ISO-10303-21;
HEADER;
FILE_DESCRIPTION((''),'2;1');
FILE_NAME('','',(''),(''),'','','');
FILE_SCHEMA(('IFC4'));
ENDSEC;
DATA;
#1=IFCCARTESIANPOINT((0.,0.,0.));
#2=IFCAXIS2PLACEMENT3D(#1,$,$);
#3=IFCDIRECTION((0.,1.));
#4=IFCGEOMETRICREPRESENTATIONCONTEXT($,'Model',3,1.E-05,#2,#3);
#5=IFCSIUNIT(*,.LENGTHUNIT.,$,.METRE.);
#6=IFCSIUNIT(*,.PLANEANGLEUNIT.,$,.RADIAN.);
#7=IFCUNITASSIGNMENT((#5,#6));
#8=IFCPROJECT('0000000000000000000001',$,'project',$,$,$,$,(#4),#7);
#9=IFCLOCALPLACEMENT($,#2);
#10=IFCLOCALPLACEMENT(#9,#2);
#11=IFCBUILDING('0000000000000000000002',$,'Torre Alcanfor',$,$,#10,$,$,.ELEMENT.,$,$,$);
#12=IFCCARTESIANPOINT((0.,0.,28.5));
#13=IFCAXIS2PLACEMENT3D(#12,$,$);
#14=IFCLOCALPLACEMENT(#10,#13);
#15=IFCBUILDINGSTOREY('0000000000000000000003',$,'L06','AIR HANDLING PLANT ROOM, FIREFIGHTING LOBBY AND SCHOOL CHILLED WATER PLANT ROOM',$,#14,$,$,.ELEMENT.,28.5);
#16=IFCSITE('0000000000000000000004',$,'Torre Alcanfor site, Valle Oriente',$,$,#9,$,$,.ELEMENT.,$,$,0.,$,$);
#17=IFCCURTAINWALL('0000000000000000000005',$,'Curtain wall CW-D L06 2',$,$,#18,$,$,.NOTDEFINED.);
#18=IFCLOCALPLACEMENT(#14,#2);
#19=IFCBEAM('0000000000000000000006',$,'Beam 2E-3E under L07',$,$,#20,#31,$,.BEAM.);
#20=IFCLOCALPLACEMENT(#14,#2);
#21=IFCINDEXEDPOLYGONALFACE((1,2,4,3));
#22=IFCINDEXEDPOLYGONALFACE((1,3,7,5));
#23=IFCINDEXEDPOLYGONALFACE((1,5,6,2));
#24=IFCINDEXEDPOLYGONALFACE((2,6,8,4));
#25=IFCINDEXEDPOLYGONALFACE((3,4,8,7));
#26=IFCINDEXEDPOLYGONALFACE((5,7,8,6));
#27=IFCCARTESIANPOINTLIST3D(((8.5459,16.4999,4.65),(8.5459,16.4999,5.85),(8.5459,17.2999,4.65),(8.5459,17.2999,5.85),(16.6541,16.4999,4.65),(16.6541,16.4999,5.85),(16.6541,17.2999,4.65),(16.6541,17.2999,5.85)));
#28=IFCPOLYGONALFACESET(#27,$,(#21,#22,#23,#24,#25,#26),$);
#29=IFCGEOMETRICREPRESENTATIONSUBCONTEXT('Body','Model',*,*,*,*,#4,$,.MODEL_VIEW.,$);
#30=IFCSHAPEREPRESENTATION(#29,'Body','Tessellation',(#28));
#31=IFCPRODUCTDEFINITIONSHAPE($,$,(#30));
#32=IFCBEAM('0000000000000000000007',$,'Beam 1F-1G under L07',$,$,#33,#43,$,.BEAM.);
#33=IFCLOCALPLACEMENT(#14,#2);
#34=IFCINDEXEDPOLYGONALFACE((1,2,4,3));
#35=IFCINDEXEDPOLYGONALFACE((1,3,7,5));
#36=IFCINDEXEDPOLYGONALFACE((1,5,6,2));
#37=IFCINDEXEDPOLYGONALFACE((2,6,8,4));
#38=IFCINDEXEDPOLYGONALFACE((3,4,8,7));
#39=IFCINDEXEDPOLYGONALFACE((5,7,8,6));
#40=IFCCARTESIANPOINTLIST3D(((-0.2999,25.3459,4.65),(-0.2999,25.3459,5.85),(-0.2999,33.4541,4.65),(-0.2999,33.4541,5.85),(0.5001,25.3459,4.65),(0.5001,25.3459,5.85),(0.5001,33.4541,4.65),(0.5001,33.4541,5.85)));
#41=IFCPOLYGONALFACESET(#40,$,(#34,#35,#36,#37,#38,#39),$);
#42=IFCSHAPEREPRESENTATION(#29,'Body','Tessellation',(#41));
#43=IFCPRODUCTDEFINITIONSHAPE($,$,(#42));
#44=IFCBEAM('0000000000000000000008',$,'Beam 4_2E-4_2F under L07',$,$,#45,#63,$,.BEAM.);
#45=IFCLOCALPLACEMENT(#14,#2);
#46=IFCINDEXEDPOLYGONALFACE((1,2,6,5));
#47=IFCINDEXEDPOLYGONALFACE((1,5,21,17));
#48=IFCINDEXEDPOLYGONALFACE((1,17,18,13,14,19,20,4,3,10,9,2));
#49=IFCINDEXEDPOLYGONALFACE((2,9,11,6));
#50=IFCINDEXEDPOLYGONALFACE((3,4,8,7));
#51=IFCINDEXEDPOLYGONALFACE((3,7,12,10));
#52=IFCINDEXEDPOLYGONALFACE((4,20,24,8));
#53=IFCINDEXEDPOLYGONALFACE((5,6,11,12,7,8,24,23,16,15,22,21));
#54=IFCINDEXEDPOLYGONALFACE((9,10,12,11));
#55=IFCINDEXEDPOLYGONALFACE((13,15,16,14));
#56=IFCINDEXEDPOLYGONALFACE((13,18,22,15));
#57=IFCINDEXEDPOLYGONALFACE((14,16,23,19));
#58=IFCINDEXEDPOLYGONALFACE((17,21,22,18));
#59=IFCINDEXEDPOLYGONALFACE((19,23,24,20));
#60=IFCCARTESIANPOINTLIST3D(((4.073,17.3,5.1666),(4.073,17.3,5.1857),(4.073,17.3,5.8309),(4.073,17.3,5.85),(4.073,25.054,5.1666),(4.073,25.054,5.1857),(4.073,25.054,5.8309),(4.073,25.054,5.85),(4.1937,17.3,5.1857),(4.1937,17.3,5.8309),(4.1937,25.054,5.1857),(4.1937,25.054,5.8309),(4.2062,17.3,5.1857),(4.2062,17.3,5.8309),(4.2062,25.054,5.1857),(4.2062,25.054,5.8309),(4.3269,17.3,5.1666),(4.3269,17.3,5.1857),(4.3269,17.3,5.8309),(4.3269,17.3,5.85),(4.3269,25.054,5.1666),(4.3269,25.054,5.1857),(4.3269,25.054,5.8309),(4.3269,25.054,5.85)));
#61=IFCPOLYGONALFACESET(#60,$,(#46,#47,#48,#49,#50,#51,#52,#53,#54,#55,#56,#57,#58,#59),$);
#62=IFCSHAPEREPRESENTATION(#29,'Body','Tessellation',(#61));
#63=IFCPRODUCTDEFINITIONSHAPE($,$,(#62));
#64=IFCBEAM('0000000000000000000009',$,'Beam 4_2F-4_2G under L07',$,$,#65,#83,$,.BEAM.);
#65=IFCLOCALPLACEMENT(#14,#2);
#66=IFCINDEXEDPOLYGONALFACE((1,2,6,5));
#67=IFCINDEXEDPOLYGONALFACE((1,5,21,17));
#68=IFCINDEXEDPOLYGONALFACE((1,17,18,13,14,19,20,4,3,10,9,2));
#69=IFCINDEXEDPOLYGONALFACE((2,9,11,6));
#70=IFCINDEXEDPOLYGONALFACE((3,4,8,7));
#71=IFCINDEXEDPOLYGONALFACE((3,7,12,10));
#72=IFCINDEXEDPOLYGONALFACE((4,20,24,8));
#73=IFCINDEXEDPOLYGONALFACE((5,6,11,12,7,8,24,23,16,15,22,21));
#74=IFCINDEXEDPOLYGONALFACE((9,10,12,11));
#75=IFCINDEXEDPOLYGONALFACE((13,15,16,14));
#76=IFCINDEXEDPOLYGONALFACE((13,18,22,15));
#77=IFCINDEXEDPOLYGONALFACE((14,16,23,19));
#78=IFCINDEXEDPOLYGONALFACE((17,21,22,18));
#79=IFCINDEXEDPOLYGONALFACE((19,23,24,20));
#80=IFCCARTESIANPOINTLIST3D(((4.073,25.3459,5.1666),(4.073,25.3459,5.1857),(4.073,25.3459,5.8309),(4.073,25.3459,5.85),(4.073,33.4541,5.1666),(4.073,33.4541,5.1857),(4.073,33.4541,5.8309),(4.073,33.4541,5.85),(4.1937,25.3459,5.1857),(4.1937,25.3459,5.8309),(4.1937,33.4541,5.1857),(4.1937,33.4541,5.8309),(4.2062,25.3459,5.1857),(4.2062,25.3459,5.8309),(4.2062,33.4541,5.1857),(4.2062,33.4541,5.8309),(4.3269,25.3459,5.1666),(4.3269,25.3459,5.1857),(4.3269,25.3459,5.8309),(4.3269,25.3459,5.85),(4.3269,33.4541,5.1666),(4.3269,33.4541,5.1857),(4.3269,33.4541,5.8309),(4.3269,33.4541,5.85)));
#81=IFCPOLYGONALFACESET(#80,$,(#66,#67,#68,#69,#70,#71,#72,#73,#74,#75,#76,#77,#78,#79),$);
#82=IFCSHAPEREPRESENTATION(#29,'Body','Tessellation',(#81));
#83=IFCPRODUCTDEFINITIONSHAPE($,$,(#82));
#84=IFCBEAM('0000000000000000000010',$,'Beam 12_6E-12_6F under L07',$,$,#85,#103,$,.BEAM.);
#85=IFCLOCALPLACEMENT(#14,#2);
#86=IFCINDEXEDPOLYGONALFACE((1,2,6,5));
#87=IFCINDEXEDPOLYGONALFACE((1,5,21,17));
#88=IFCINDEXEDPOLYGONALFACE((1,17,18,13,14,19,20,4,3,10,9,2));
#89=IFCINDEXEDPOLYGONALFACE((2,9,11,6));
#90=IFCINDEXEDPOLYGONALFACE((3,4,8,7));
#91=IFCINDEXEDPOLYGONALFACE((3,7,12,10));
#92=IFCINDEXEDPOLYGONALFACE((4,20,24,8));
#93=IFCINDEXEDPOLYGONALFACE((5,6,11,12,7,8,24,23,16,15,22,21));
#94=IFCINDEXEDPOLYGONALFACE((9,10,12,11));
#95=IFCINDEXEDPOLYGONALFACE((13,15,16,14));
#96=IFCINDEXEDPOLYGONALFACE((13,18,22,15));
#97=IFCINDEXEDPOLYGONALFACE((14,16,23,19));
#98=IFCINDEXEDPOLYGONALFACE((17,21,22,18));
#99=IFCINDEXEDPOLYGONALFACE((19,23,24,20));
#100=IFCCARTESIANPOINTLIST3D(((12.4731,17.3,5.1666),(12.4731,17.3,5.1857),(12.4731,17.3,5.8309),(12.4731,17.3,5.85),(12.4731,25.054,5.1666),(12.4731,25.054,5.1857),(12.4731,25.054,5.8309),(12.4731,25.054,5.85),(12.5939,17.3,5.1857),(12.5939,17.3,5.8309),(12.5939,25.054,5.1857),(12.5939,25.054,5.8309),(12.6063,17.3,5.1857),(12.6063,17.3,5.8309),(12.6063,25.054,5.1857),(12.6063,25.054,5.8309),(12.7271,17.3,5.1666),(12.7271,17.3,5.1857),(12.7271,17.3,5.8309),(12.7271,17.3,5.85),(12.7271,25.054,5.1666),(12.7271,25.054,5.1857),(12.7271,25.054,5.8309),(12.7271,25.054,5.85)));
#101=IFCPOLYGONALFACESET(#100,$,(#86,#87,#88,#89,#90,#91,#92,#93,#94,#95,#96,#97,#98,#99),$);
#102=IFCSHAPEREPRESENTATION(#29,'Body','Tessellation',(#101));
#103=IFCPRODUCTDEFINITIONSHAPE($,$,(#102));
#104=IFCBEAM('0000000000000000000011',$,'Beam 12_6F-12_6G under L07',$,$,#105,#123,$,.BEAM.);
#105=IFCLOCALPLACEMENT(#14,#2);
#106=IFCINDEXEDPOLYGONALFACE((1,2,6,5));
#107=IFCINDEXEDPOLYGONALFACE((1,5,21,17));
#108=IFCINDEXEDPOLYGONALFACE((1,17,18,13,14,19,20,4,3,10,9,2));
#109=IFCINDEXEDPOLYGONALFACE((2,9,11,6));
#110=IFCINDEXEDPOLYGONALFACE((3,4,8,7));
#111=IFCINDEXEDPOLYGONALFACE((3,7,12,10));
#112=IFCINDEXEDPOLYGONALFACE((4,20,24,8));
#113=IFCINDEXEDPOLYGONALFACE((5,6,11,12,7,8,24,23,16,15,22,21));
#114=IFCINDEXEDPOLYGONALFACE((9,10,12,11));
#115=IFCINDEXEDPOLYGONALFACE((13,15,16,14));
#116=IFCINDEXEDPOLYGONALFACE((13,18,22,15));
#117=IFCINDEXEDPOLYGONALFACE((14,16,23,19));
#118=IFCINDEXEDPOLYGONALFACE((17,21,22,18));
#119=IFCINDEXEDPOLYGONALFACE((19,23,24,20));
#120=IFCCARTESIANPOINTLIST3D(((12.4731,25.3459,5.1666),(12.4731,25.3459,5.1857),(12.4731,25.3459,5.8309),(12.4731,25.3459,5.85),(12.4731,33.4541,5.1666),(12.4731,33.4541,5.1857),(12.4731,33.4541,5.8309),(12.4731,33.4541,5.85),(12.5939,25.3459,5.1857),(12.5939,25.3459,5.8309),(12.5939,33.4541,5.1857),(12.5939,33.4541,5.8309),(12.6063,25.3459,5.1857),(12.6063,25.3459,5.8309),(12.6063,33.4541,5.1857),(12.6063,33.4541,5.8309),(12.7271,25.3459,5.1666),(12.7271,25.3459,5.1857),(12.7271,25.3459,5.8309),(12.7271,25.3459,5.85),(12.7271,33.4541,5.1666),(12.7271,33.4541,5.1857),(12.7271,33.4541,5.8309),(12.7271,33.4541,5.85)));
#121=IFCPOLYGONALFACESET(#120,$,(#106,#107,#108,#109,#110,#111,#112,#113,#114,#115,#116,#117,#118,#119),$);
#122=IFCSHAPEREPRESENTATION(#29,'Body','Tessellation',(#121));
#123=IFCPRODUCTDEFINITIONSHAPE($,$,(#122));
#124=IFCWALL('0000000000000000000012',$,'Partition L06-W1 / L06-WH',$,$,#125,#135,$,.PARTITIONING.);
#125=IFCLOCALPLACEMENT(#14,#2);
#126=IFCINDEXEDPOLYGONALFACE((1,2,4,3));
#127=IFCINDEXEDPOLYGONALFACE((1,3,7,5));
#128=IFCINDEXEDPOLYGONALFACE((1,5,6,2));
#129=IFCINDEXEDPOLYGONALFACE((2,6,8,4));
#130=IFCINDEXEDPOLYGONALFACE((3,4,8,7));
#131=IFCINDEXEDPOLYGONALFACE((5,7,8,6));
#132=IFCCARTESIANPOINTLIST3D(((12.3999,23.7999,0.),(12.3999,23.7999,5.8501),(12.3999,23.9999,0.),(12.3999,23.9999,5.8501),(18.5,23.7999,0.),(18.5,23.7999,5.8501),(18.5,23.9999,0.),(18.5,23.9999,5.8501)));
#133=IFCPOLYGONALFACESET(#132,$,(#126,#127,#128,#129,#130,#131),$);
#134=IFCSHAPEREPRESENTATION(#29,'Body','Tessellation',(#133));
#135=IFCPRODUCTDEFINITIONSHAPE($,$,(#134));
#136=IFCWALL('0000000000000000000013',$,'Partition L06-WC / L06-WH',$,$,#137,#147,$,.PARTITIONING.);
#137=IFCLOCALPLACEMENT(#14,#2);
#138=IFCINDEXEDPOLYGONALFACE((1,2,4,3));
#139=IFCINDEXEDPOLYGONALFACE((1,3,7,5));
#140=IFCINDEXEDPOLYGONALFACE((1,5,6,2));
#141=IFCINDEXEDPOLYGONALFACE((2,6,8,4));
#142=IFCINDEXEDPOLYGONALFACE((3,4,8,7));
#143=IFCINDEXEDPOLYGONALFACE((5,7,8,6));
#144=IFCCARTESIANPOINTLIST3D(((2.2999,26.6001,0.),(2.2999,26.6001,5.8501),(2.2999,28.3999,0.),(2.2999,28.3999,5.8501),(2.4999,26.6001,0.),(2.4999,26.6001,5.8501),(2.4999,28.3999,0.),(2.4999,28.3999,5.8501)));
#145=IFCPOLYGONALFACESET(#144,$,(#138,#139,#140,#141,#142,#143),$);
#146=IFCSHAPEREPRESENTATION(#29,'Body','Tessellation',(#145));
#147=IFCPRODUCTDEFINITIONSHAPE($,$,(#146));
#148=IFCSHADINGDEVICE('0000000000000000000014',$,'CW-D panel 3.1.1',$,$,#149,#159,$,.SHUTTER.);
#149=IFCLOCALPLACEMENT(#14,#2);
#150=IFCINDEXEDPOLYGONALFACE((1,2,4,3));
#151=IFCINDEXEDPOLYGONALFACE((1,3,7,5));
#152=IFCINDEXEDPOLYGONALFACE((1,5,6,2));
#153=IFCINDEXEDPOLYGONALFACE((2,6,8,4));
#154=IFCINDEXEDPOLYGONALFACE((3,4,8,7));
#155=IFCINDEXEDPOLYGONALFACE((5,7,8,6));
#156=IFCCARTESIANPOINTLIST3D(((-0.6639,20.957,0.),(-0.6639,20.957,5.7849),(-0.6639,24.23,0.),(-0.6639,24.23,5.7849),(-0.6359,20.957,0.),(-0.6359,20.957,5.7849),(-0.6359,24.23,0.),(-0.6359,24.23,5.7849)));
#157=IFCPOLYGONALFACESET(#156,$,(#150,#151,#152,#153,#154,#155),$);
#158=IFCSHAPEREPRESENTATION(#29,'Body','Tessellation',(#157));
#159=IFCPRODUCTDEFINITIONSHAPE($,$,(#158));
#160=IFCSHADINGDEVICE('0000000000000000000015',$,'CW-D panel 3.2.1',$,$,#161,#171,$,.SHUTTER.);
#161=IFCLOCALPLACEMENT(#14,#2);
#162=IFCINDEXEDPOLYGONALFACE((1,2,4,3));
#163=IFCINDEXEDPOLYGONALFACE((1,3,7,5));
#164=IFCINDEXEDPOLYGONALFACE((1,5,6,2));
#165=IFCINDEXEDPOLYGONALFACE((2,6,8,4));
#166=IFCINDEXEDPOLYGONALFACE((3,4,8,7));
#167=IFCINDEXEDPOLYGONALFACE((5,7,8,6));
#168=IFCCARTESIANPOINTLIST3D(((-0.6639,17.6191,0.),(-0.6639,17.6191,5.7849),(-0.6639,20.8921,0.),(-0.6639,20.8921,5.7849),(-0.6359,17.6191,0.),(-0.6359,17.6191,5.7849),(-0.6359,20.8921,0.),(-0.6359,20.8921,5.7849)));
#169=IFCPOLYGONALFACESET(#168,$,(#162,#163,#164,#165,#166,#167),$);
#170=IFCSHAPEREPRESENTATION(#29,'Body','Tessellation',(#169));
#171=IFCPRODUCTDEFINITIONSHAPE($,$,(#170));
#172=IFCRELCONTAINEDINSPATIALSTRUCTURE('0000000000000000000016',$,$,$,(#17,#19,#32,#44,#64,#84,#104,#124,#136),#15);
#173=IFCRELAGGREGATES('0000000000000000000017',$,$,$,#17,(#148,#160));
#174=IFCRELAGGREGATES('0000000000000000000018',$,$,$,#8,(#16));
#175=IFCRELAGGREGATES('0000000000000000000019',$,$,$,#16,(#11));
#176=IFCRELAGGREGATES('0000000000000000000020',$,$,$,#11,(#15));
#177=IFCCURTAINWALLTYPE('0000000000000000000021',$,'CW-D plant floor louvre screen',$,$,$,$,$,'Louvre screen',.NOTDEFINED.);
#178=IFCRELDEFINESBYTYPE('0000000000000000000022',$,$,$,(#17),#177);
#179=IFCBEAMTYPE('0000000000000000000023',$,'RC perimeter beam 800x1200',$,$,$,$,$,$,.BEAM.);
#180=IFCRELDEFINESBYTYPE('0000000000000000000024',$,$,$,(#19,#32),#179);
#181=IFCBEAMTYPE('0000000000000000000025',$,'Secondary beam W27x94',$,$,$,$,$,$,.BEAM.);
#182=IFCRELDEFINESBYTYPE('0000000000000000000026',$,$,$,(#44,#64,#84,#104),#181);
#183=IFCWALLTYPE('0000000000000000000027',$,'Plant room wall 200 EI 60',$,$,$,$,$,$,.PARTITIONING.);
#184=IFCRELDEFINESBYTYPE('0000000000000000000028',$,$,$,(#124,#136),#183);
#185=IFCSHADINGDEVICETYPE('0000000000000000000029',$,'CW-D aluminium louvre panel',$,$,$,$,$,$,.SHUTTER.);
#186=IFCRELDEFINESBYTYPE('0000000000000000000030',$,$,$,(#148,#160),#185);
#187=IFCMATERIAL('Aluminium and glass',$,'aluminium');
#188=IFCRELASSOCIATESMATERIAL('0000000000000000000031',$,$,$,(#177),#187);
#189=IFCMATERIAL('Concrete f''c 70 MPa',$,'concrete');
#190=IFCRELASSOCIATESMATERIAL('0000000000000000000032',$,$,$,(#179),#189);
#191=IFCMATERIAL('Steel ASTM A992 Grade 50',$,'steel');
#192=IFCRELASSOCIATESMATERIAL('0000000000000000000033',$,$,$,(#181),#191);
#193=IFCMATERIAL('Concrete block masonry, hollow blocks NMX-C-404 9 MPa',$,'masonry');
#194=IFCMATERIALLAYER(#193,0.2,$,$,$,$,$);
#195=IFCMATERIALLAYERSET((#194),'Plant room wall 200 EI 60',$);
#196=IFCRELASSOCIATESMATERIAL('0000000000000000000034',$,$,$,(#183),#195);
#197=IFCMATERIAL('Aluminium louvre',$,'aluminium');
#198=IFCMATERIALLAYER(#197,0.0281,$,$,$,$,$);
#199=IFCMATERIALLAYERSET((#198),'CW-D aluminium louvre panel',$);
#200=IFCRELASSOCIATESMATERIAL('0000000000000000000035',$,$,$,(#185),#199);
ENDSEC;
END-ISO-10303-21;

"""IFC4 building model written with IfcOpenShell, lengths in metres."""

from ifc_helpers import new_model, si_unit, direction, frame, frame_2d, origin, origin_2d, place, context, subcontext, project, spatial, rectangle, i_section, extrude, material, layer, layer_set, material_profile, profile_set, type_object, element, aggregate, save


model = new_model("IFC4")

# Units and contexts
model_context = context("Model", 3, precision=1e-05, world=origin(), true_north=direction((0.0, 1.0)))
body_context = subcontext(model_context, "Body", "Model", "MODEL_VIEW")
ifc_project = project(units=[si_unit("LENGTHUNIT", "METRE"), si_unit("PLANEANGLEUNIT", "RADIAN")], contexts=[model_context])

# Site, building, storey
site_placement = place(None, origin())
site = spatial("IfcSite", under=ifc_project, at=site_placement, Name="Torre Alcanfor site, Valle Oriente", CompositionType="ELEMENT", RefElevation=0.0)
building_placement = place(site_placement, origin())
building = spatial("IfcBuilding", under=site, at=building_placement, Name="Torre Alcanfor", CompositionType="ELEMENT")
storey_placement = place(building_placement, frame((0.0, 0.0, 28.5)))
storey = spatial("IfcBuildingStorey", under=building, at=storey_placement, Name="L06", Description="AIR HANDLING PLANT ROOM, FIREFIGHTING LOBBY AND SCHOOL CHILLED WATER PLANT ROOM", CompositionType="ELEMENT", Elevation=28.5)

# Curtain wall
ifc_material_1 = material(Name="Aluminium and glass", Category="aluminium")
curtain_wall_type = type_object("IfcCurtainWallType", Name="CW-D plant floor louvre screen", ElementType="Louvre screen", PredefinedType="NOTDEFINED", material=ifc_material_1)
curtain_wall_placement = place(storey_placement, origin())
curtain_wall = element("IfcCurtainWall", 1, at=curtain_wall_placement, inside=storey, type_object=curtain_wall_type, Name="Curtain wall CW-D L06 2", PredefinedType="NOTDEFINED")

# Beams
ifc_material_2 = material(Name="Concrete f'c 70 MPa", Category="concrete")
ifc_material_profile_1 = material_profile(ifc_material_2, rectangle(XDim=0.8, YDim=1.2, at=origin_2d()), Name="800x1200")
ifc_profile_set_1 = profile_set([ifc_material_profile_1], Name="Concrete f'c 70 MPa")
beam_type_1 = type_object("IfcBeamType", Name="RC perimeter beam 800x1200", PredefinedType="BEAM", material=ifc_profile_set_1)
for number, where, z_axis, x_axis, name in (
    (2, (8.5459, 16.8999, 5.25), (1.0, 0.0, 0.0), (0.0, 1.0, 0.0), "Beam 2E-3E under L07"),
    (3, (0.1001, 25.3459, 5.25), (0.0, 1.0, 0.0), (-1.0, 0.0, 0.0), "Beam 1F-1G under L07"),
):
    element("IfcBeam", number, at=place(storey_placement, frame(where, z_axis=z_axis, x_axis=x_axis)), inside=storey, type_object=beam_type_1, Name=name, PredefinedType="BEAM", context=body_context, shape_type="SweptSolid", body=[
        extrude(rectangle(XDim=0.8, YDim=1.2, at=origin_2d()), origin(), (0.0, 0.0, 1.0), 8.1082),
    ])
ifc_material_3 = material(Name="Steel ASTM A992 Grade 50", Category="steel")
ifc_material_profile_2 = material_profile(ifc_material_3, i_section(OverallWidth=0.2539, OverallDepth=0.6833, WebThickness=0.0125, FlangeThickness=0.019, at=origin_2d()), Name="W27x94")
ifc_profile_set_2 = profile_set([ifc_material_profile_2], Name="Steel ASTM A992 Grade 50")
beam_type_2 = type_object("IfcBeamType", Name="Secondary beam W27x94", PredefinedType="BEAM", material=ifc_profile_set_2)
beam_1_placement = place(storey_placement, frame((4.2, 17.3, 5.5083), z_axis=(0.0, 1.0, 0.0), x_axis=(-1.0, 0.0, 0.0)))
element("IfcBeam", 4, at=beam_1_placement, inside=storey, type_object=beam_type_2, Name="Beam 4_2E-4_2F under L07", PredefinedType="BEAM", context=body_context, shape_type="SweptSolid", body=[
    extrude(i_section(OverallWidth=0.2539, OverallDepth=0.6833, WebThickness=0.0125, FlangeThickness=0.019, at=origin_2d()), origin(), (0.0, 0.0, 1.0), 7.7539),
])
beam_2_placement = place(storey_placement, frame((4.2, 25.3459, 5.5083), z_axis=(0.0, 1.0, 0.0), x_axis=(-1.0, 0.0, 0.0)))
element("IfcBeam", 5, at=beam_2_placement, inside=storey, type_object=beam_type_2, Name="Beam 4_2F-4_2G under L07", PredefinedType="BEAM", context=body_context, shape_type="SweptSolid", body=[
    extrude(i_section(OverallWidth=0.2539, OverallDepth=0.6833, WebThickness=0.0125, FlangeThickness=0.019, at=origin_2d()), origin(), (0.0, 0.0, 1.0), 8.1082),
])
beam_3_placement = place(storey_placement, frame((12.6001, 17.3, 5.5083), z_axis=(0.0, 1.0, 0.0), x_axis=(-1.0, 0.0, 0.0)))
element("IfcBeam", 6, at=beam_3_placement, inside=storey, type_object=beam_type_2, Name="Beam 12_6E-12_6F under L07", PredefinedType="BEAM", context=body_context, shape_type="SweptSolid", body=[
    extrude(i_section(OverallWidth=0.2539, OverallDepth=0.6833, WebThickness=0.0125, FlangeThickness=0.019, at=origin_2d()), origin(), (0.0, 0.0, 1.0), 7.7539),
])
beam_4_placement = place(storey_placement, frame((12.6001, 25.3459, 5.5083), z_axis=(0.0, 1.0, 0.0), x_axis=(-1.0, 0.0, 0.0)))
element("IfcBeam", 7, at=beam_4_placement, inside=storey, type_object=beam_type_2, Name="Beam 12_6F-12_6G under L07", PredefinedType="BEAM", context=body_context, shape_type="SweptSolid", body=[
    extrude(i_section(OverallWidth=0.2539, OverallDepth=0.6833, WebThickness=0.0125, FlangeThickness=0.019, at=origin_2d()), origin(), (0.0, 0.0, 1.0), 8.1082),
])

# Walls
ifc_material_4 = material(Name="Concrete block masonry, hollow blocks NMX-C-404 9 MPa", Category="masonry")
ifc_layer_1 = layer(ifc_material_4, 0.2)
ifc_layer_set_1 = layer_set([ifc_layer_1], Name="Plant room wall 200 EI 60")
wall_type_1 = type_object("IfcWallType", Name="Plant room wall 200 EI 60", PredefinedType="PARTITIONING", material=ifc_layer_set_1)
wall_1_placement = place(storey_placement, frame((12.3999, 23.8999, 0.0), z_axis=(0.0, 0.0, 1.0), x_axis=(1.0, 0.0, 0.0)))
element("IfcWall", 8, at=wall_1_placement, inside=storey, type_object=wall_type_1, Name="Partition L06-W1 / L06-WH", PredefinedType="PARTITIONING", context=body_context, shape_type="SweptSolid", body=[
    extrude(rectangle(XDim=6.1001, YDim=0.2, at=frame_2d((3.05, 0.0))), origin(), (0.0, 0.0, 1.0), 5.8501),
])
wall_2_placement = place(storey_placement, frame((2.3999, 26.6001, 0.0), z_axis=(0.0, 0.0, 1.0), x_axis=(0.0, 1.0, 0.0)))
element("IfcWall", 9, at=wall_2_placement, inside=storey, type_object=wall_type_1, Name="Partition L06-WC / L06-WH", PredefinedType="PARTITIONING", context=body_context, shape_type="SweptSolid", body=[
    extrude(rectangle(XDim=1.7998, YDim=0.2, at=frame_2d((0.8999, 0.0))), origin(), (0.0, 0.0, 1.0), 5.8501),
])

# Shading devices
ifc_material_5 = material(Name="Aluminium louvre", Category="aluminium")
ifc_layer_2 = layer(ifc_material_5, 0.0281)
ifc_layer_set_2 = layer_set([ifc_layer_2], Name="CW-D aluminium louvre panel")
shading_device_type = type_object("IfcShadingDeviceType", Name="CW-D aluminium louvre panel", PredefinedType="SHUTTER", material=ifc_layer_set_2)
shading_device_1_placement = place(storey_placement, frame((-0.6499, 22.5935, 0.0), z_axis=(0.0, 0.0, 1.0), x_axis=(0.0, -1.0, 0.0)))
shading_device_1 = element("IfcShadingDevice", 10, at=shading_device_1_placement, type_object=shading_device_type, Name="CW-D panel 3.1.1", PredefinedType="SHUTTER", context=body_context, shape_type="SweptSolid", body=[
    extrude(rectangle(XDim=3.2729, YDim=0.0281, at=origin_2d()), origin(), (0.0, 0.0, 1.0), 5.7849),
])
shading_device_2_placement = place(storey_placement, frame((-0.6499, 19.2556, 0.0), z_axis=(0.0, 0.0, 1.0), x_axis=(0.0, -1.0, 0.0)))
shading_device_2 = element("IfcShadingDevice", 11, at=shading_device_2_placement, type_object=shading_device_type, Name="CW-D panel 3.2.1", PredefinedType="SHUTTER", context=body_context, shape_type="SweptSolid", body=[
    extrude(rectangle(XDim=3.2729, YDim=0.0281, at=origin_2d()), origin(), (0.0, 0.0, 1.0), 5.7849),
])
aggregate(curtain_wall, [shading_device_1, shading_device_2])

save(model, "model.ifc")
